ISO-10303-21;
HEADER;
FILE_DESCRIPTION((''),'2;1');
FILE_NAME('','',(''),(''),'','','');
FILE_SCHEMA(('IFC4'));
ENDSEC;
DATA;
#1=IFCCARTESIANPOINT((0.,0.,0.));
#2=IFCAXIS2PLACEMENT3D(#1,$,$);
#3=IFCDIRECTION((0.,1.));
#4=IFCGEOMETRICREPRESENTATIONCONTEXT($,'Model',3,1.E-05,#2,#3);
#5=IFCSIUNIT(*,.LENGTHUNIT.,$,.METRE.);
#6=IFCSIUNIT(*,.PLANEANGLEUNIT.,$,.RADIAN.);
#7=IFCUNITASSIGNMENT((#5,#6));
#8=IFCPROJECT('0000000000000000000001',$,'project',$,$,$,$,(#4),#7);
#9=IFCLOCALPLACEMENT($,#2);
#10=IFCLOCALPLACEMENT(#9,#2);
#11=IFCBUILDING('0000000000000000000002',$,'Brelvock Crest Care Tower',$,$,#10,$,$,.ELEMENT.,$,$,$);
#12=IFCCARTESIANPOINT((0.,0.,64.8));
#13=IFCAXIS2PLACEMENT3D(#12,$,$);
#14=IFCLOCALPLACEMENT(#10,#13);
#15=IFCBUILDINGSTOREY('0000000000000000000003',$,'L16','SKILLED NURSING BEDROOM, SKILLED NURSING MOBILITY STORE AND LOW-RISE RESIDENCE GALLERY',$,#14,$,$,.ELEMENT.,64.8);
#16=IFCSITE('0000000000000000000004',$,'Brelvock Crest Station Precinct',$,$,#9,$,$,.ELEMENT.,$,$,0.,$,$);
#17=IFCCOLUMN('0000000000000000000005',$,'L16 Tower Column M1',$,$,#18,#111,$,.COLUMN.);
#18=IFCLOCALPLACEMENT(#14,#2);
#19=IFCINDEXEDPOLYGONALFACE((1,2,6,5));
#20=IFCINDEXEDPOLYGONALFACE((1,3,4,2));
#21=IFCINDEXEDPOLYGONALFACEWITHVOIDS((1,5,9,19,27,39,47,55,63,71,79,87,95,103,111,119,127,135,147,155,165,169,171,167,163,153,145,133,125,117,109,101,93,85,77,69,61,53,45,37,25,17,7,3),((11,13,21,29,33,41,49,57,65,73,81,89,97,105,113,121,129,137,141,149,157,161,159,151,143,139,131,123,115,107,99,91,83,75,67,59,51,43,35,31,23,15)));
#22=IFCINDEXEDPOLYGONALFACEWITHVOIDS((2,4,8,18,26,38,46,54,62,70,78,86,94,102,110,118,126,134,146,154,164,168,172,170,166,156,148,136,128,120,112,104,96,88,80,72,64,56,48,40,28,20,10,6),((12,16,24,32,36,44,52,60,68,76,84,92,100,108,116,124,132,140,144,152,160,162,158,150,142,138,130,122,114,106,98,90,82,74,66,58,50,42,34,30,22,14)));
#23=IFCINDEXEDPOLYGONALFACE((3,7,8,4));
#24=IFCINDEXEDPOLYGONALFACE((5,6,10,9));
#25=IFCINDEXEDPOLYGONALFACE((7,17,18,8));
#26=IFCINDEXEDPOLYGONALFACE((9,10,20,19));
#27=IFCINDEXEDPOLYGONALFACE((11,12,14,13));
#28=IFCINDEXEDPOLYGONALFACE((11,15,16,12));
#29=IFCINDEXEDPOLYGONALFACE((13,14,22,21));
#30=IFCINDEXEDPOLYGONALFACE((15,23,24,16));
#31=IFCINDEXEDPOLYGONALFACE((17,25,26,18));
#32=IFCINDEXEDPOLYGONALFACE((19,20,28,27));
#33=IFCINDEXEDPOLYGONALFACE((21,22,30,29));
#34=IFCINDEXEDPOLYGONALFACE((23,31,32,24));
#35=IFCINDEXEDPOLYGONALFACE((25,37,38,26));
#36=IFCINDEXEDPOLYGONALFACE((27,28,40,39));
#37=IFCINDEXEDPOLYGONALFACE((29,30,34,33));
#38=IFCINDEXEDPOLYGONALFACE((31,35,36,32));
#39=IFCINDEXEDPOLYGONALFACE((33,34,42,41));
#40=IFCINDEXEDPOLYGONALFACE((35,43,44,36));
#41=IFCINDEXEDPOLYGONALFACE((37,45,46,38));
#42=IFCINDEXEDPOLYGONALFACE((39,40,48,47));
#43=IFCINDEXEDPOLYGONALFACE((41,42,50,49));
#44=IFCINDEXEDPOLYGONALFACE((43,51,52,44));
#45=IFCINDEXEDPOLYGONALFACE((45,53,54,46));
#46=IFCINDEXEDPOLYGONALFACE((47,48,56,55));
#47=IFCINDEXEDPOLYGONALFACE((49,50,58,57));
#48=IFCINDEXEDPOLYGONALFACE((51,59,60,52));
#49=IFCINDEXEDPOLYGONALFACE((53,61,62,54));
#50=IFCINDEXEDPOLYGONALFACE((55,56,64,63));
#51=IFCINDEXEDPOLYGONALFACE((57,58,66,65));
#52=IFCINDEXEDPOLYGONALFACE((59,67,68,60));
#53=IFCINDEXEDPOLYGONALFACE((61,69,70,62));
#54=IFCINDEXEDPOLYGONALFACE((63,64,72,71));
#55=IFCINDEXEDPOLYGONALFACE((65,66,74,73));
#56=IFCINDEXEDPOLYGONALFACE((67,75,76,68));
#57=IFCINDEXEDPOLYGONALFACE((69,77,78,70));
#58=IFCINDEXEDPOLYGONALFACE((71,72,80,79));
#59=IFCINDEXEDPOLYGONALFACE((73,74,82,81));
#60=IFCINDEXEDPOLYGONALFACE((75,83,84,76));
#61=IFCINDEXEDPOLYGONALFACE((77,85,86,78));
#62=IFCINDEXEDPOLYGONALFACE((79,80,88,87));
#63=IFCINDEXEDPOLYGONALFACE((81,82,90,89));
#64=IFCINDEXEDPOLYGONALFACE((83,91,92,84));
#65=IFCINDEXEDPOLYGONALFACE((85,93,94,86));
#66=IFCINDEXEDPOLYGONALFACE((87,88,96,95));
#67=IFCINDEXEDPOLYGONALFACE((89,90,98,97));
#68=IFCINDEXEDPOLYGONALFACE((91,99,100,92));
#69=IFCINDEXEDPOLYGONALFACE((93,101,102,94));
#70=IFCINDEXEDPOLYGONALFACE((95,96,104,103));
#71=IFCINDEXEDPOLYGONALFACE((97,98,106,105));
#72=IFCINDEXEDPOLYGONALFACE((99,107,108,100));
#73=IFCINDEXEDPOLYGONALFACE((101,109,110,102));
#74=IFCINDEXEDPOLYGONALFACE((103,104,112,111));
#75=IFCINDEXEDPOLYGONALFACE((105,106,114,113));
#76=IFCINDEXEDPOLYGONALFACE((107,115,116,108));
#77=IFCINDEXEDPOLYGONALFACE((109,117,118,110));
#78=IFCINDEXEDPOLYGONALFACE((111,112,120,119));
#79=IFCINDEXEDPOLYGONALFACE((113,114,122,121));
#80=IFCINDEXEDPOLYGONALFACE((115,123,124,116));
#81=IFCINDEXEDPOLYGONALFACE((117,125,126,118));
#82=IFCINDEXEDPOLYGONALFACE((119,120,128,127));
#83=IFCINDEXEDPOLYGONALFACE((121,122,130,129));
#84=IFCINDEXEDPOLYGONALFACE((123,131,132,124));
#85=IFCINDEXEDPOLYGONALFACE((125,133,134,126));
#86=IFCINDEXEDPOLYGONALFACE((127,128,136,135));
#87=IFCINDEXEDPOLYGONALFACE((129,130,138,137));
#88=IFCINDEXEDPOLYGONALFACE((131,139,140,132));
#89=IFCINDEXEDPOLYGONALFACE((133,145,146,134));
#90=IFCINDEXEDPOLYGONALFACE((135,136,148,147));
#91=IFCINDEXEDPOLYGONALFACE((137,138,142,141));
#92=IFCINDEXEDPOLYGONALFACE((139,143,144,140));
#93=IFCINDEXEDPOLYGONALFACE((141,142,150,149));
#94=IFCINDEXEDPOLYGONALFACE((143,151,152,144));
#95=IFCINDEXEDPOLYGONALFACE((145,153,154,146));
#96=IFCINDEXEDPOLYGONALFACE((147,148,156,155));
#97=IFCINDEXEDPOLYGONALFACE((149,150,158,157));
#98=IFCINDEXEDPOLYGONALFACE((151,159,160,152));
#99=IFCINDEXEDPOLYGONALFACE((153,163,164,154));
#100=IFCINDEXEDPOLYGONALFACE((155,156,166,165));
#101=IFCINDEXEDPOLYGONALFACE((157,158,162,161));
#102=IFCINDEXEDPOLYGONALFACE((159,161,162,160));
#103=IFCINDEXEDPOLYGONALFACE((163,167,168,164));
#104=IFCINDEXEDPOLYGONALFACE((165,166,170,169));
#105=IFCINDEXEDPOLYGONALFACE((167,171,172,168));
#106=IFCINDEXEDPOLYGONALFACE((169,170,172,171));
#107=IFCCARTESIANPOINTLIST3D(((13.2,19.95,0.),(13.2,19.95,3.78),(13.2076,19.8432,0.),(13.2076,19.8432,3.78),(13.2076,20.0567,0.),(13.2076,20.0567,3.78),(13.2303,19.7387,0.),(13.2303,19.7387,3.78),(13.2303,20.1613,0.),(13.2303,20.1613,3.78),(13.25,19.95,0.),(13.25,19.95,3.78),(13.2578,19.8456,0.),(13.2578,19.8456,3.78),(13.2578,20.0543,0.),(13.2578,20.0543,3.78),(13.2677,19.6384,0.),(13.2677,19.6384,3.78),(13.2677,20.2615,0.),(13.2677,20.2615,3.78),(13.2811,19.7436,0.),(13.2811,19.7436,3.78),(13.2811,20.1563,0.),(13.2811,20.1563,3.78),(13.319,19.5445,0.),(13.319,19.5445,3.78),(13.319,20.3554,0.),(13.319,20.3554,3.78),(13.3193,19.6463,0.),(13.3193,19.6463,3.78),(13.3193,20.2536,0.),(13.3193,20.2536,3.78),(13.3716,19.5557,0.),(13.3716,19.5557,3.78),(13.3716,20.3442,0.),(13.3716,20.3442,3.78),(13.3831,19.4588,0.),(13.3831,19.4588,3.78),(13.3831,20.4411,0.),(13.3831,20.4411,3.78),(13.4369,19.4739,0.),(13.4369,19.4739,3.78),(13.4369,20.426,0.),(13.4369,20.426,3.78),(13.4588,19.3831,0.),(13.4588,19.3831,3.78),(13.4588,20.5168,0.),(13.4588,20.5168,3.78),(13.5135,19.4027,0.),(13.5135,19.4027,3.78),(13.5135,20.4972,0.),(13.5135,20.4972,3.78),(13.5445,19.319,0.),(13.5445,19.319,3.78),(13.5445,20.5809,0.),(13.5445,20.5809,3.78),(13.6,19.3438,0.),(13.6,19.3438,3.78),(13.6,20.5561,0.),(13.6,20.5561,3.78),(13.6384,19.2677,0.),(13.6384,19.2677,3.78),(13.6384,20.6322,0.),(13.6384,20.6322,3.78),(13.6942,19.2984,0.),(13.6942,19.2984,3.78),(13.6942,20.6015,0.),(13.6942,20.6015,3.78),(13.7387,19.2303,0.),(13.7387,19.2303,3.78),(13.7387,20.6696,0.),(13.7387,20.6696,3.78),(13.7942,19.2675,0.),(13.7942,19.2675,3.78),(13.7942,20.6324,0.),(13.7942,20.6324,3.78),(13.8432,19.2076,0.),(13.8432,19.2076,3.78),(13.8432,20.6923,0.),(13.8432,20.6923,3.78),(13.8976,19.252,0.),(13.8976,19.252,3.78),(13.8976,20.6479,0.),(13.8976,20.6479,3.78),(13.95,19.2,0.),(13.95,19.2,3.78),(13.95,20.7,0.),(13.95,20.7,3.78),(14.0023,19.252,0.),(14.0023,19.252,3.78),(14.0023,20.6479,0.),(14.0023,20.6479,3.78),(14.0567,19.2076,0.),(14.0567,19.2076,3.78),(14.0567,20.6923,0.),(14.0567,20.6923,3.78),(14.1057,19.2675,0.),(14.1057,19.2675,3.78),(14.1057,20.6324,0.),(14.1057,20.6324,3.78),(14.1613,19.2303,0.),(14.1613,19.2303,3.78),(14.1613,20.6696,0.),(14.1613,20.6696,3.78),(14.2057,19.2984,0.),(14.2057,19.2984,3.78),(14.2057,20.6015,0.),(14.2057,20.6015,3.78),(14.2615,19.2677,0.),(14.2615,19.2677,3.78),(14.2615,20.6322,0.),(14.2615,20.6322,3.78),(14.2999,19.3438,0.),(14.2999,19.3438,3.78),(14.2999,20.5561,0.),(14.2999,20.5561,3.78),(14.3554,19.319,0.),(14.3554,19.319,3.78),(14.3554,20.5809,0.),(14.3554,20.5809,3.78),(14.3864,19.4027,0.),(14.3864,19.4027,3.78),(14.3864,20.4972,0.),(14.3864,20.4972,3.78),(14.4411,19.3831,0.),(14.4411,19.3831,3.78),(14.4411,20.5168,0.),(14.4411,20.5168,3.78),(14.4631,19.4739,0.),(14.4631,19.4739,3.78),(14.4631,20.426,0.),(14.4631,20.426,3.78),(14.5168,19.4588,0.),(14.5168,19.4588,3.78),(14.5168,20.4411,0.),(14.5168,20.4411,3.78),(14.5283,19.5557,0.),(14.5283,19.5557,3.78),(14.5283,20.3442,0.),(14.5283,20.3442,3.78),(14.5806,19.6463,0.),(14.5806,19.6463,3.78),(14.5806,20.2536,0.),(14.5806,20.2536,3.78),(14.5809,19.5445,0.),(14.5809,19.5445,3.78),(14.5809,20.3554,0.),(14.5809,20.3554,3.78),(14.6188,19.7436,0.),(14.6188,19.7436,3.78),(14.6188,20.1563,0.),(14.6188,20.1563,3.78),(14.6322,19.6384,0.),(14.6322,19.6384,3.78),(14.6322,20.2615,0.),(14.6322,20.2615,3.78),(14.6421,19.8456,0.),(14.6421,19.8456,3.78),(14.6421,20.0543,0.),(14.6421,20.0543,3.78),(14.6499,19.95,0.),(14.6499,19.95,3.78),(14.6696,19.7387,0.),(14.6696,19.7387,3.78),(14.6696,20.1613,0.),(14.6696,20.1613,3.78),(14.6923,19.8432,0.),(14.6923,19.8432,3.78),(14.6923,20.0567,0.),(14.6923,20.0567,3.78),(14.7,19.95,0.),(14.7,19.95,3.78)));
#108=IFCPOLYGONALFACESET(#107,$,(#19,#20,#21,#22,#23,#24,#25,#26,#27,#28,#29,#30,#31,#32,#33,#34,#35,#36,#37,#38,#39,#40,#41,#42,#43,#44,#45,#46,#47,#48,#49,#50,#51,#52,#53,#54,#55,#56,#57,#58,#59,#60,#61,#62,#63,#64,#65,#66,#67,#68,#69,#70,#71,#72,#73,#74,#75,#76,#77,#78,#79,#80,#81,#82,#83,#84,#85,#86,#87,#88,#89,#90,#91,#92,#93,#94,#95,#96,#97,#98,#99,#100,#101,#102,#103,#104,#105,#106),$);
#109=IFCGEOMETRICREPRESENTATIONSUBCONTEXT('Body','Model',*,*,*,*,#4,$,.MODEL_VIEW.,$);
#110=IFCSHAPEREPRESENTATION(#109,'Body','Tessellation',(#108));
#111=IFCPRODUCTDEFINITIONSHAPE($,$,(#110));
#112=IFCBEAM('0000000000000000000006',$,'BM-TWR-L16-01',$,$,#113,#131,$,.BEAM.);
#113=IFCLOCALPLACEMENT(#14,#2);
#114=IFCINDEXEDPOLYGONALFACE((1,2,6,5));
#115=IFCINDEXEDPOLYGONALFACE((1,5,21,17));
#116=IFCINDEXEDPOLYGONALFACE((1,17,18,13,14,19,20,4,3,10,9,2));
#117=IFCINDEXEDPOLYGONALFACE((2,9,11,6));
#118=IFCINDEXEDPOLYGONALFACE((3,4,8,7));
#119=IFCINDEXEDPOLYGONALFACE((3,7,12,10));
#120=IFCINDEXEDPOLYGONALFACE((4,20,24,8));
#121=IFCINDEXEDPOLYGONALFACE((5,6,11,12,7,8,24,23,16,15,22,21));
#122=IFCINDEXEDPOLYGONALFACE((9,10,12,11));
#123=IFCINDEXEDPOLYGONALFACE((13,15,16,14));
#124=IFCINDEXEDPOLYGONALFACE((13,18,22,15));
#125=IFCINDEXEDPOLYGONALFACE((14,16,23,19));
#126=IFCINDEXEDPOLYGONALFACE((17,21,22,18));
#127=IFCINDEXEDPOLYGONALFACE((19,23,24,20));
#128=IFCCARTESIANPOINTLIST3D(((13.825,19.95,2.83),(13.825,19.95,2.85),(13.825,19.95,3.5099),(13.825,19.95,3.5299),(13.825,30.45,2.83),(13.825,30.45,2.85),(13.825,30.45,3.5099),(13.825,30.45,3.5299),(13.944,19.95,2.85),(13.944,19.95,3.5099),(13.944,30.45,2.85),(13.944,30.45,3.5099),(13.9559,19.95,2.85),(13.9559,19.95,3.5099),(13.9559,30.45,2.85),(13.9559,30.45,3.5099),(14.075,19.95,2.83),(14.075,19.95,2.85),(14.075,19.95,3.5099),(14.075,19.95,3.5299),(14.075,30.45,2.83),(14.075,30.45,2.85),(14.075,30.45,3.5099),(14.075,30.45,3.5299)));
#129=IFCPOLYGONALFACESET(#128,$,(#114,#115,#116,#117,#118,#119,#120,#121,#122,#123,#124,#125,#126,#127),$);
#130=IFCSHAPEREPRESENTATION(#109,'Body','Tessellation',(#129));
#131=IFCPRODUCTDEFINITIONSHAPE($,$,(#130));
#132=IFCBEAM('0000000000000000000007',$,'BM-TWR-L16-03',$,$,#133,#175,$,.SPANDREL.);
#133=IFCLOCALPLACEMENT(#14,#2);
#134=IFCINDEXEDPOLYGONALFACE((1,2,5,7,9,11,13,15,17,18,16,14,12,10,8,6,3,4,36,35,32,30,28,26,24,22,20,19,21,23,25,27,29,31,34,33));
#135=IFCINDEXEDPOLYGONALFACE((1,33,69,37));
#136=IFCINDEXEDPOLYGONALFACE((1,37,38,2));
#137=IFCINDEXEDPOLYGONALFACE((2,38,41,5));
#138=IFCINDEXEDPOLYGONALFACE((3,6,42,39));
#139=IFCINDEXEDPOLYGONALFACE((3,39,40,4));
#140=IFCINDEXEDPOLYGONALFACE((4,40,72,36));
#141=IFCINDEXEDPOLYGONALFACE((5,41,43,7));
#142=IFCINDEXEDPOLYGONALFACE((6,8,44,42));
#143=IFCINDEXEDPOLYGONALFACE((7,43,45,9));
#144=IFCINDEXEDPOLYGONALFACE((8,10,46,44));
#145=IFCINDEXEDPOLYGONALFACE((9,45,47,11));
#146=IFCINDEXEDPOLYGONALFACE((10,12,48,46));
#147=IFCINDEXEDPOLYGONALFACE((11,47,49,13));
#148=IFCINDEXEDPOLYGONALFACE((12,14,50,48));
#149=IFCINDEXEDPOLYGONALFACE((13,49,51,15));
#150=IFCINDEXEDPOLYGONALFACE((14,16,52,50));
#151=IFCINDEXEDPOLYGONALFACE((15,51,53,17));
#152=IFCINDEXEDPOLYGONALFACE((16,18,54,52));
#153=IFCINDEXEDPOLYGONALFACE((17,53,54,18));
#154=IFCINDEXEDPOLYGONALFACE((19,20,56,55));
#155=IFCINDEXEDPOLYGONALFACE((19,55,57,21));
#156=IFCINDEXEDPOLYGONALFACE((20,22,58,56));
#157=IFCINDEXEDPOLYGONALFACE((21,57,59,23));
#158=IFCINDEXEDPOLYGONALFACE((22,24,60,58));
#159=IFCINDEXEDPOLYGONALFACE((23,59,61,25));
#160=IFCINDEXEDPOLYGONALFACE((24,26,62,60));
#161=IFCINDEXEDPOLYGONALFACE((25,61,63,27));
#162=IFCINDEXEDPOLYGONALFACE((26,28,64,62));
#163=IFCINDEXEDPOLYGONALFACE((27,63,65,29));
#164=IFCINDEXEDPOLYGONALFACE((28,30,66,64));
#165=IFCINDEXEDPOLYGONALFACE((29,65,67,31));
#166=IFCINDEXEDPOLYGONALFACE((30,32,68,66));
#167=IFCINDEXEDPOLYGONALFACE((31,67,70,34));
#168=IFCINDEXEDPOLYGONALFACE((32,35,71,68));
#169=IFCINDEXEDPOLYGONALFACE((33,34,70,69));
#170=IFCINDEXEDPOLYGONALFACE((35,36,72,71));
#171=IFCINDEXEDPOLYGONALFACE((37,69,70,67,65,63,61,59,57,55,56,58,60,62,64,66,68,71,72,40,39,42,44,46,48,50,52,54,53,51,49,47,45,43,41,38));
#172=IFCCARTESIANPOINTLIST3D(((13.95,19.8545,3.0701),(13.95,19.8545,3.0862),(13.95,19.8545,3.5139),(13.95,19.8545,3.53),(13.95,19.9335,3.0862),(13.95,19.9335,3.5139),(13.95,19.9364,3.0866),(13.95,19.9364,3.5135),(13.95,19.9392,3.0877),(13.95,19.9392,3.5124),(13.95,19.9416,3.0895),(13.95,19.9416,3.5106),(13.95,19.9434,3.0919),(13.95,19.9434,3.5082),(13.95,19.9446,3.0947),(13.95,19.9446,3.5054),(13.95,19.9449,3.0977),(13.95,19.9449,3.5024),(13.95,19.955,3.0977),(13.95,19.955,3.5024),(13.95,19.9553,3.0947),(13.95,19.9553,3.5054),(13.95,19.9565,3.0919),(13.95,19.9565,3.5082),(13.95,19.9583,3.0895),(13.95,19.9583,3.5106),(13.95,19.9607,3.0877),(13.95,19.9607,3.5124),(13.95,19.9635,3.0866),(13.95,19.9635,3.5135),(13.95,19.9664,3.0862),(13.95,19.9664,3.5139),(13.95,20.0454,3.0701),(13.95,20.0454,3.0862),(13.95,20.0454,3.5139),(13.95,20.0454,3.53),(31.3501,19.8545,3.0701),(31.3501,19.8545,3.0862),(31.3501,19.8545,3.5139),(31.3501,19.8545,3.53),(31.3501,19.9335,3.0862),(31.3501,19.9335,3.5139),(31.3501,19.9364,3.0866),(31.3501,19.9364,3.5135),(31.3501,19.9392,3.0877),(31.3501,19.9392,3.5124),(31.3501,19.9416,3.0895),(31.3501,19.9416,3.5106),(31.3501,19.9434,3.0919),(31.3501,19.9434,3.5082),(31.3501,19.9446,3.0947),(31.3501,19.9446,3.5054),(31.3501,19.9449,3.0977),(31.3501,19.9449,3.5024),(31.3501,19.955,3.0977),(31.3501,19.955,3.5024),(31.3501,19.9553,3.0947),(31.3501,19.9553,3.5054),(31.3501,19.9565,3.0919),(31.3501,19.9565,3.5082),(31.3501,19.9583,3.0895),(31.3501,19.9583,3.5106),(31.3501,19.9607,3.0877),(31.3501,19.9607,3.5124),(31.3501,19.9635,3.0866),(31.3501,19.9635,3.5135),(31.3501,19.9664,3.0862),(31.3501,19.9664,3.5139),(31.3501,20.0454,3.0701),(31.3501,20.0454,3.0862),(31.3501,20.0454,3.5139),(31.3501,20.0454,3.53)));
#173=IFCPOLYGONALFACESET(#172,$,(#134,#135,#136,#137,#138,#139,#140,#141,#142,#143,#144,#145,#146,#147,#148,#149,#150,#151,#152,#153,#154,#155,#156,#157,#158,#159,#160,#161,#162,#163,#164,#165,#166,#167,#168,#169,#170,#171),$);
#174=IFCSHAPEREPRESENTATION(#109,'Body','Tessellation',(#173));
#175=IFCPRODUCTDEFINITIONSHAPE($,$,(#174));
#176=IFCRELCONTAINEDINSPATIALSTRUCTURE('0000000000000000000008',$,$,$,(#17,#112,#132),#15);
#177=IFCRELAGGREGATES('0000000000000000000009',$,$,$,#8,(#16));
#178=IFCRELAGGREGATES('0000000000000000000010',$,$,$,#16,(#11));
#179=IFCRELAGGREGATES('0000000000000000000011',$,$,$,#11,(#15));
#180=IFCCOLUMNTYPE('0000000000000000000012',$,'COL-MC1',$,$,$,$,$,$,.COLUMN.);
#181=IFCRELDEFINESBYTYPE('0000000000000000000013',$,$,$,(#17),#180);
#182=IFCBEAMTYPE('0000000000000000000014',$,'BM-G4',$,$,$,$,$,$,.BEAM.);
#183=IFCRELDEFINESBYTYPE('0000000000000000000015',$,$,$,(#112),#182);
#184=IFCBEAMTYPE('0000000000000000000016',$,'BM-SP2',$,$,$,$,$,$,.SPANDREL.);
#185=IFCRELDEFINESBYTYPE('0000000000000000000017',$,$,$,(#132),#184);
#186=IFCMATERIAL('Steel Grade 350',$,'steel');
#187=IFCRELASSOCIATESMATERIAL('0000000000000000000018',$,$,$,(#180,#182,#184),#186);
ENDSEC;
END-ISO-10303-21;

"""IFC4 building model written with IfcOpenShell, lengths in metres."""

from ifc_helpers import new_model, si_unit, direction, frame, origin, origin_2d, place, context, subcontext, project, spatial, hollow_circle, i_section, extrude, source, transform, mapped, material, material_profile, profile_set, type_object, element, save


model = new_model("IFC4")

# Units and contexts
model_context = context("Model", 3, precision=1e-05, world=origin(), true_north=direction((0.0, 1.0)))
body_context = subcontext(model_context, "Body", "Model", "MODEL_VIEW")
ifc_project = project(units=[si_unit("LENGTHUNIT", "METRE"), si_unit("PLANEANGLEUNIT", "RADIAN")], contexts=[model_context])

# Site, building, storey
site_placement = place(None, origin())
site = spatial("IfcSite", under=ifc_project, at=site_placement, Name="Brelvock Crest Station Precinct", CompositionType="ELEMENT", RefElevation=0.0)
building_placement = place(site_placement, origin())
building = spatial("IfcBuilding", under=site, at=building_placement, Name="Brelvock Crest Care Tower", CompositionType="ELEMENT")
storey_placement = place(building_placement, frame((0.0, 0.0, 64.8)))
storey = spatial("IfcBuildingStorey", under=building, at=storey_placement, Name="L16", Description="SKILLED NURSING BEDROOM, SKILLED NURSING MOBILITY STORE AND LOW-RISE RESIDENCE GALLERY", CompositionType="ELEMENT", Elevation=64.8)

# Column
ifc_material_1 = material(Name="Steel Grade 350", Category="steel")
ifc_material_profile_1 = material_profile(ifc_material_1, hollow_circle(Radius=0.75, WallThickness=0.05, at=origin_2d()), Name="CFT1500x50")
ifc_profile_set_1 = profile_set([ifc_material_profile_1], Name="Steel Grade 350")
column_type = type_object("IfcColumnType", Name="COL-MC1", PredefinedType="COLUMN", material=ifc_profile_set_1)
shared_shape_1 = source(origin(), body_context, "Body", "SweptSolid", [
    extrude(hollow_circle(Radius=0.75, WallThickness=0.05, at=origin_2d()), origin(), (0.0, 0.0, 1.0), 3.78),
])
column_placement = place(storey_placement, frame((13.95, 19.95, 0.0), z_axis=(0.0, 0.0, 1.0), x_axis=(1.0, 0.0, 0.0)))
element("IfcColumn", 1, at=column_placement, inside=storey, type_object=column_type, Name="L16 Tower Column M1", PredefinedType="COLUMN", context=body_context, shape_type="MappedRepresentation", body=[
    mapped(shared_shape_1, transform((0.0, 0.0, 0.0), x_axis=(1.0, 0.0, 0.0), y_axis=(0.0, 1.0, 0.0), z_axis=(0.0, 0.0, 1.0), scale=1.0)),
])

# Beams
ifc_material_profile_2 = material_profile(ifc_material_1, i_section(OverallWidth=0.25, OverallDepth=0.7, WebThickness=0.012, FlangeThickness=0.02, at=origin_2d()), Name="700WB150")
ifc_profile_set_2 = profile_set([ifc_material_profile_2], Name="Steel Grade 350")
beam_type_1 = type_object("IfcBeamType", Name="BM-G4", PredefinedType="BEAM", material=ifc_profile_set_2)
shared_shape_2 = source(origin(), body_context, "Body", "SweptSolid", [
    extrude(i_section(OverallWidth=0.25, OverallDepth=0.7, WebThickness=0.012, FlangeThickness=0.02, at=origin_2d()), origin(), (0.0, 0.0, 1.0), 10.5),
])
beam_1_placement = place(storey_placement, frame((13.95, 19.95, 3.1799), z_axis=(0.0, 1.0, 0.0), x_axis=(-1.0, 0.0, 0.0)))
element("IfcBeam", 2, at=beam_1_placement, inside=storey, type_object=beam_type_1, Name="BM-TWR-L16-01", PredefinedType="BEAM", context=body_context, shape_type="MappedRepresentation", body=[
    mapped(shared_shape_2, transform((0.0, 0.0, 0.0), x_axis=(1.0, 0.0, 0.0), y_axis=(0.0, 1.0, 0.0), z_axis=(0.0, 0.0, 1.0), scale=1.0)),
])
ifc_material_profile_3 = material_profile(ifc_material_1, i_section(OverallWidth=0.1909, OverallDepth=0.46, WebThickness=0.01, FlangeThickness=0.0161, FilletRadius=0.0115, at=origin_2d()), Name="460UB82.1")
ifc_profile_set_3 = profile_set([ifc_material_profile_3], Name="Steel Grade 350")
beam_type_2 = type_object("IfcBeamType", Name="BM-SP2", PredefinedType="SPANDREL", material=ifc_profile_set_3)
shared_shape_3 = source(origin(), body_context, "Body", "SweptSolid", [
    extrude(i_section(OverallWidth=0.1909, OverallDepth=0.46, WebThickness=0.01, FlangeThickness=0.0161, FilletRadius=0.0115, at=origin_2d()), origin(), (0.0, 0.0, 1.0), 17.4001),
])
beam_2_placement = place(storey_placement, frame((13.95, 19.95, 3.3), z_axis=(1.0, 0.0, 0.0), x_axis=(0.0, 1.0, 0.0)))
element("IfcBeam", 3, at=beam_2_placement, inside=storey, type_object=beam_type_2, Name="BM-TWR-L16-03", PredefinedType="SPANDREL", context=body_context, shape_type="MappedRepresentation", body=[
    mapped(shared_shape_3, transform((0.0, 0.0, 0.0), x_axis=(1.0, 0.0, 0.0), y_axis=(0.0, 1.0, 0.0), z_axis=(0.0, 0.0, 1.0), scale=1.0)),
])

save(model, "model.ifc")
